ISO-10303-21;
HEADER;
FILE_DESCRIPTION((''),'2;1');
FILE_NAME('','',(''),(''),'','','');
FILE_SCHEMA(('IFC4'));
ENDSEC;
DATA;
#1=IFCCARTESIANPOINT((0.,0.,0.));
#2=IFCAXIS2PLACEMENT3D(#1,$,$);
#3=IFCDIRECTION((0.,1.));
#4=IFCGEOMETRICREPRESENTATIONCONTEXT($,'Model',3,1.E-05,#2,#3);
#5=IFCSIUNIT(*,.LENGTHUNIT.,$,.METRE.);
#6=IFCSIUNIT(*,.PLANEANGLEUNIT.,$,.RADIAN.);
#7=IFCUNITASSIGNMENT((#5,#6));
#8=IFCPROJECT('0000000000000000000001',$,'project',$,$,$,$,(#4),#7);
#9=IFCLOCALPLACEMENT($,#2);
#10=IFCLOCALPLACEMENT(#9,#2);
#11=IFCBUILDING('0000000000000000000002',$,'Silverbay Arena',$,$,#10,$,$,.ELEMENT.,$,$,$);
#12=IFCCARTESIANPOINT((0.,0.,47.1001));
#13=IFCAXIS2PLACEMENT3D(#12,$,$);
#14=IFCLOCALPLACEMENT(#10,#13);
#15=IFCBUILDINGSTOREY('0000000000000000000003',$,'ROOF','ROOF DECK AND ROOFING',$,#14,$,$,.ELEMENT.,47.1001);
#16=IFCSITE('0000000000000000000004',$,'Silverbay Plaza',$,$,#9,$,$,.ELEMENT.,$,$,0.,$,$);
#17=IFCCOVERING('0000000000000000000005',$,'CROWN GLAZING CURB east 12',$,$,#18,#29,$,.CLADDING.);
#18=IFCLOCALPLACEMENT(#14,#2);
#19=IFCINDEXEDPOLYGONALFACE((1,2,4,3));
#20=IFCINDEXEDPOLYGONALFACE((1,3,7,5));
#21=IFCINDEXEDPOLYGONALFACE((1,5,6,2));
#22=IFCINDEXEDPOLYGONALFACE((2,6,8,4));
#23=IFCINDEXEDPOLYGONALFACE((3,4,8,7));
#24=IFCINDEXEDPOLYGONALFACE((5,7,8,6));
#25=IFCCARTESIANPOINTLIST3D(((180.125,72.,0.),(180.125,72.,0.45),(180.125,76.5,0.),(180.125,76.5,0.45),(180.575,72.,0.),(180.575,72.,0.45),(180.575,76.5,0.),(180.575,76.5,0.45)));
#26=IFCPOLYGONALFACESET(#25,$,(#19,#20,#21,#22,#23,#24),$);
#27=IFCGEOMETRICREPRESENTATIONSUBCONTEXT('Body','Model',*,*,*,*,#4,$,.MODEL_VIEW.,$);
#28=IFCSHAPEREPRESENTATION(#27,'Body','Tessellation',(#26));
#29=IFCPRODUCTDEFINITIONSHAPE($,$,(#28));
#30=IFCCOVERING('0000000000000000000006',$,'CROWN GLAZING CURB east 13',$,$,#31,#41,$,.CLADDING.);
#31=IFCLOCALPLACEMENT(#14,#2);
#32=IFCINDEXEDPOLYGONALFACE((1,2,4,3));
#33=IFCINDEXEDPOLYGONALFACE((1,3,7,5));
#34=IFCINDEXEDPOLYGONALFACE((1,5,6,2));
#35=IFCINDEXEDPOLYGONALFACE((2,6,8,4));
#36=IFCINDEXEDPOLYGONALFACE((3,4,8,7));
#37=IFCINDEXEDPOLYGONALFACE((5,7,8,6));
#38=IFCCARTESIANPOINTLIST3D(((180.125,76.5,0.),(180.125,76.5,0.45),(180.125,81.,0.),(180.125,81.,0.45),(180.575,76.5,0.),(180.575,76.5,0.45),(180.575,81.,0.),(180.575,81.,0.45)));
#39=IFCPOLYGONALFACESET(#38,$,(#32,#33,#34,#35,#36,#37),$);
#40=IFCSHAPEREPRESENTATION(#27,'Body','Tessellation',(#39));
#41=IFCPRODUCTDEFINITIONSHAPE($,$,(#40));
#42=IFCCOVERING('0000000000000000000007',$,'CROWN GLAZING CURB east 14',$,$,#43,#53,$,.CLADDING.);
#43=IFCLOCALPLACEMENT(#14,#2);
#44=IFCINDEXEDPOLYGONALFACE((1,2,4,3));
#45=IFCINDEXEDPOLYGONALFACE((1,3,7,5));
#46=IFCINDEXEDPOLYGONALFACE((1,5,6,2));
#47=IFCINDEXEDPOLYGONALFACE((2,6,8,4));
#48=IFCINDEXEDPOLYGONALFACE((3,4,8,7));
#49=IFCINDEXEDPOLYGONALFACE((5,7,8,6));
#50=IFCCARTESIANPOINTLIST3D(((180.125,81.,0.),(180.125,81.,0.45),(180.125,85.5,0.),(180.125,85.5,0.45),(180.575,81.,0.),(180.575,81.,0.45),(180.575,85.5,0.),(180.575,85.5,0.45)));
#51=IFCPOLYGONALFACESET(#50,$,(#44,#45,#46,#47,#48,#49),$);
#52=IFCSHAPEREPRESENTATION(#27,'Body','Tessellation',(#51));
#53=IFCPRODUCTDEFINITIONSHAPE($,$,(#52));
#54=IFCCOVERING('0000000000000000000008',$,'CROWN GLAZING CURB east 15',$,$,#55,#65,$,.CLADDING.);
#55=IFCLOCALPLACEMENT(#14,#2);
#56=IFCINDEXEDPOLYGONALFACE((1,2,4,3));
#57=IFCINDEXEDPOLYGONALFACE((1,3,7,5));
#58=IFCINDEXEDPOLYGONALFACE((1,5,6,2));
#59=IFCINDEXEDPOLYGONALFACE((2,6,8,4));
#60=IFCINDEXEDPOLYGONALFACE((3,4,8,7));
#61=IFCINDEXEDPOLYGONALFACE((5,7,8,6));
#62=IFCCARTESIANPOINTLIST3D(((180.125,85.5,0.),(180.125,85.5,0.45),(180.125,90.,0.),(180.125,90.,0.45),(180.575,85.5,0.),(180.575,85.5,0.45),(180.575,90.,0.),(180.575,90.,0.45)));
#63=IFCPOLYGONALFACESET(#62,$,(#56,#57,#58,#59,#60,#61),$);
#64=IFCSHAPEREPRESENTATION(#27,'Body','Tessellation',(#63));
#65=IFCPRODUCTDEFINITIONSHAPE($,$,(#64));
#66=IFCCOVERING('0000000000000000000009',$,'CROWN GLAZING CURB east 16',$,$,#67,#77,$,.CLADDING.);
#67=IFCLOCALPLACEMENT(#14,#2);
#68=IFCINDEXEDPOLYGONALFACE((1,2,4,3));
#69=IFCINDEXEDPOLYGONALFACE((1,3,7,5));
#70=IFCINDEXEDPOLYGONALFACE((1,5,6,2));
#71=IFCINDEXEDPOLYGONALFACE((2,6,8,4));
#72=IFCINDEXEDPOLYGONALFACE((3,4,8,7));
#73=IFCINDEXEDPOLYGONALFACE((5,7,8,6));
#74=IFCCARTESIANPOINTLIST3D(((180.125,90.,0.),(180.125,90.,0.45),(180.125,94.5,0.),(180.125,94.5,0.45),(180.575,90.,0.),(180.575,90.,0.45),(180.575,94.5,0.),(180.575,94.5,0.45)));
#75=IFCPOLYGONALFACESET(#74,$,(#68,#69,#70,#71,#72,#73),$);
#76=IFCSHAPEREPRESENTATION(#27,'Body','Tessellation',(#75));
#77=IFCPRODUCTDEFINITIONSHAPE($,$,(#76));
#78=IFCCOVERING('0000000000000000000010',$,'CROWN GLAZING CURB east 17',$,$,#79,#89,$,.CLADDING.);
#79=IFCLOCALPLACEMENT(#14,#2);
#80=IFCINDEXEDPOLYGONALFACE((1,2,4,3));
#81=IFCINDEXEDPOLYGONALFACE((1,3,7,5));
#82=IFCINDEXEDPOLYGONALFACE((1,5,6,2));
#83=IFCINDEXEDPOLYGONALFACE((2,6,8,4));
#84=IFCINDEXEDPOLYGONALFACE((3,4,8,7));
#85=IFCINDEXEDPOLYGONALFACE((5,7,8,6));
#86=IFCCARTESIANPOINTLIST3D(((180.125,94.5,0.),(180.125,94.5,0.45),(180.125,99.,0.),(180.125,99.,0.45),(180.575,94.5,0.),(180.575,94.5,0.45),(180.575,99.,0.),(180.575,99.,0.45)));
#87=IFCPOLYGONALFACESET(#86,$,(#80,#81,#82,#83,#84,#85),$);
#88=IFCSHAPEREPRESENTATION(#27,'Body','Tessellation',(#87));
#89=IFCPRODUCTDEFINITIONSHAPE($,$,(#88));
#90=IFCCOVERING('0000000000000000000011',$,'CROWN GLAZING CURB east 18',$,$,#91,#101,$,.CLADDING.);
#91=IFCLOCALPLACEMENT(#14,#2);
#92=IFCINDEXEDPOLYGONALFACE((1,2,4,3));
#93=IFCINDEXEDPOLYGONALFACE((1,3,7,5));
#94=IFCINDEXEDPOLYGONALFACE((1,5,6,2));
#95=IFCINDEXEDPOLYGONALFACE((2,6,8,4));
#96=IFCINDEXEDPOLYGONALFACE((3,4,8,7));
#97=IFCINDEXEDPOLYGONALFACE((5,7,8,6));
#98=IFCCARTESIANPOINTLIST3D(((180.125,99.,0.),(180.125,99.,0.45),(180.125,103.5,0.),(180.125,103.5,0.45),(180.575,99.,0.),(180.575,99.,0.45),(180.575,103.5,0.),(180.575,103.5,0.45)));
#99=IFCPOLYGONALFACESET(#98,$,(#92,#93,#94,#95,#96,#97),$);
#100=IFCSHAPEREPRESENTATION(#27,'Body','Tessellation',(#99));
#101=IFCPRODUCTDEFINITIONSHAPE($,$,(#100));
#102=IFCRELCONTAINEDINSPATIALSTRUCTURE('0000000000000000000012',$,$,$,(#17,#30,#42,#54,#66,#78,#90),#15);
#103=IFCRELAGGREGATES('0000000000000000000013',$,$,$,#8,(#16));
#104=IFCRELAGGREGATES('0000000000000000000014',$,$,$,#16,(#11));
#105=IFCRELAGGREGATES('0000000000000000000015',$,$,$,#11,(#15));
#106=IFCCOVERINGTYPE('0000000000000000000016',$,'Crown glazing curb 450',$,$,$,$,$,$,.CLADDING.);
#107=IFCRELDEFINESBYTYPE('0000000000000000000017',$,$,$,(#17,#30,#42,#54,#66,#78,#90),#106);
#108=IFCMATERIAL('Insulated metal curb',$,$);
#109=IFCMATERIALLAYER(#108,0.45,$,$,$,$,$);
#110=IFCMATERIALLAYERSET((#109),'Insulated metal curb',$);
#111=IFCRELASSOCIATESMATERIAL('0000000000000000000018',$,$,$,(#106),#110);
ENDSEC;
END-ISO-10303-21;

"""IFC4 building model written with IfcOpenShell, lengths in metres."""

from ifc_helpers import new_model, si_unit, direction, frame, origin, place, context, subcontext, project, spatial, polyline, outline, extrude, material, layer, layer_set, type_object, element, save


model = new_model("IFC4")

# Units and contexts
model_context = context("Model", 3, precision=1e-05, world=origin(), true_north=direction((0.0, 1.0)))
body_context = subcontext(model_context, "Body", "Model", "MODEL_VIEW")
ifc_project = project(units=[si_unit("LENGTHUNIT", "METRE"), si_unit("PLANEANGLEUNIT", "RADIAN")], contexts=[model_context])

# Site, building, storey
site_placement = place(None, origin())
site = spatial("IfcSite", under=ifc_project, at=site_placement, Name="Silverbay Plaza", CompositionType="ELEMENT", RefElevation=0.0)
building_placement = place(site_placement, origin())
building = spatial("IfcBuilding", under=site, at=building_placement, Name="Silverbay Arena", CompositionType="ELEMENT")
storey_placement = place(building_placement, frame((0.0, 0.0, 47.1001)))
storey = spatial("IfcBuildingStorey", under=building, at=storey_placement, Name="ROOF", Description="ROOF DECK AND ROOFING", CompositionType="ELEMENT", Elevation=47.1001)

# Coverings
ifc_material = material(Name="Insulated metal curb")
ifc_layer = layer(ifc_material, 0.45)
ifc_layer_set = layer_set([ifc_layer], Name="Insulated metal curb")
covering_type = type_object("IfcCoveringType", Name="Crown glazing curb 450", PredefinedType="CLADDING", material=ifc_layer_set)
covering_1_placement = place(storey_placement, origin())
element("IfcCovering", 1, at=covering_1_placement, inside=storey, type_object=covering_type, Name="CROWN GLAZING CURB east 12", PredefinedType="CLADDING", context=body_context, shape_type="SweptSolid", body=[
    extrude(outline(polyline([(180.125, 72.0), (180.575, 72.0), (180.575, 76.5), (180.125, 76.5), (180.125, 72.0)])), origin(), (0.0, 0.0, 1.0), 0.45),
])
covering_2_placement = place(storey_placement, origin())
element("IfcCovering", 2, at=covering_2_placement, inside=storey, type_object=covering_type, Name="CROWN GLAZING CURB east 13", PredefinedType="CLADDING", context=body_context, shape_type="SweptSolid", body=[
    extrude(outline(polyline([(180.125, 76.5), (180.575, 76.5), (180.575, 81.0), (180.125, 81.0), (180.125, 76.5)])), origin(), (0.0, 0.0, 1.0), 0.45),
])
covering_3_placement = place(storey_placement, origin())
element("IfcCovering", 3, at=covering_3_placement, inside=storey, type_object=covering_type, Name="CROWN GLAZING CURB east 14", PredefinedType="CLADDING", context=body_context, shape_type="SweptSolid", body=[
    extrude(outline(polyline([(180.125, 81.0), (180.575, 81.0), (180.575, 85.5), (180.125, 85.5), (180.125, 81.0)])), origin(), (0.0, 0.0, 1.0), 0.45),
])
covering_4_placement = place(storey_placement, origin())
element("IfcCovering", 4, at=covering_4_placement, inside=storey, type_object=covering_type, Name="CROWN GLAZING CURB east 15", PredefinedType="CLADDING", context=body_context, shape_type="SweptSolid", body=[
    extrude(outline(polyline([(180.125, 85.5), (180.575, 85.5), (180.575, 90.0), (180.125, 90.0), (180.125, 85.5)])), origin(), (0.0, 0.0, 1.0), 0.45),
])
covering_5_placement = place(storey_placement, origin())
element("IfcCovering", 5, at=covering_5_placement, inside=storey, type_object=covering_type, Name="CROWN GLAZING CURB east 16", PredefinedType="CLADDING", context=body_context, shape_type="SweptSolid", body=[
    extrude(outline(polyline([(180.125, 90.0), (180.575, 90.0), (180.575, 94.5), (180.125, 94.5), (180.125, 90.0)])), origin(), (0.0, 0.0, 1.0), 0.45),
])
covering_6_placement = place(storey_placement, origin())
element("IfcCovering", 6, at=covering_6_placement, inside=storey, type_object=covering_type, Name="CROWN GLAZING CURB east 17", PredefinedType="CLADDING", context=body_context, shape_type="SweptSolid", body=[
    extrude(outline(polyline([(180.125, 94.5), (180.575, 94.5), (180.575, 99.0), (180.125, 99.0), (180.125, 94.5)])), origin(), (0.0, 0.0, 1.0), 0.45),
])
covering_7_placement = place(storey_placement, origin())
element("IfcCovering", 7, at=covering_7_placement, inside=storey, type_object=covering_type, Name="CROWN GLAZING CURB east 18", PredefinedType="CLADDING", context=body_context, shape_type="SweptSolid", body=[
    extrude(outline(polyline([(180.125, 99.0), (180.575, 99.0), (180.575, 103.5), (180.125, 103.5), (180.125, 99.0)])), origin(), (0.0, 0.0, 1.0), 0.45),
])

save(model, "model.ifc")
